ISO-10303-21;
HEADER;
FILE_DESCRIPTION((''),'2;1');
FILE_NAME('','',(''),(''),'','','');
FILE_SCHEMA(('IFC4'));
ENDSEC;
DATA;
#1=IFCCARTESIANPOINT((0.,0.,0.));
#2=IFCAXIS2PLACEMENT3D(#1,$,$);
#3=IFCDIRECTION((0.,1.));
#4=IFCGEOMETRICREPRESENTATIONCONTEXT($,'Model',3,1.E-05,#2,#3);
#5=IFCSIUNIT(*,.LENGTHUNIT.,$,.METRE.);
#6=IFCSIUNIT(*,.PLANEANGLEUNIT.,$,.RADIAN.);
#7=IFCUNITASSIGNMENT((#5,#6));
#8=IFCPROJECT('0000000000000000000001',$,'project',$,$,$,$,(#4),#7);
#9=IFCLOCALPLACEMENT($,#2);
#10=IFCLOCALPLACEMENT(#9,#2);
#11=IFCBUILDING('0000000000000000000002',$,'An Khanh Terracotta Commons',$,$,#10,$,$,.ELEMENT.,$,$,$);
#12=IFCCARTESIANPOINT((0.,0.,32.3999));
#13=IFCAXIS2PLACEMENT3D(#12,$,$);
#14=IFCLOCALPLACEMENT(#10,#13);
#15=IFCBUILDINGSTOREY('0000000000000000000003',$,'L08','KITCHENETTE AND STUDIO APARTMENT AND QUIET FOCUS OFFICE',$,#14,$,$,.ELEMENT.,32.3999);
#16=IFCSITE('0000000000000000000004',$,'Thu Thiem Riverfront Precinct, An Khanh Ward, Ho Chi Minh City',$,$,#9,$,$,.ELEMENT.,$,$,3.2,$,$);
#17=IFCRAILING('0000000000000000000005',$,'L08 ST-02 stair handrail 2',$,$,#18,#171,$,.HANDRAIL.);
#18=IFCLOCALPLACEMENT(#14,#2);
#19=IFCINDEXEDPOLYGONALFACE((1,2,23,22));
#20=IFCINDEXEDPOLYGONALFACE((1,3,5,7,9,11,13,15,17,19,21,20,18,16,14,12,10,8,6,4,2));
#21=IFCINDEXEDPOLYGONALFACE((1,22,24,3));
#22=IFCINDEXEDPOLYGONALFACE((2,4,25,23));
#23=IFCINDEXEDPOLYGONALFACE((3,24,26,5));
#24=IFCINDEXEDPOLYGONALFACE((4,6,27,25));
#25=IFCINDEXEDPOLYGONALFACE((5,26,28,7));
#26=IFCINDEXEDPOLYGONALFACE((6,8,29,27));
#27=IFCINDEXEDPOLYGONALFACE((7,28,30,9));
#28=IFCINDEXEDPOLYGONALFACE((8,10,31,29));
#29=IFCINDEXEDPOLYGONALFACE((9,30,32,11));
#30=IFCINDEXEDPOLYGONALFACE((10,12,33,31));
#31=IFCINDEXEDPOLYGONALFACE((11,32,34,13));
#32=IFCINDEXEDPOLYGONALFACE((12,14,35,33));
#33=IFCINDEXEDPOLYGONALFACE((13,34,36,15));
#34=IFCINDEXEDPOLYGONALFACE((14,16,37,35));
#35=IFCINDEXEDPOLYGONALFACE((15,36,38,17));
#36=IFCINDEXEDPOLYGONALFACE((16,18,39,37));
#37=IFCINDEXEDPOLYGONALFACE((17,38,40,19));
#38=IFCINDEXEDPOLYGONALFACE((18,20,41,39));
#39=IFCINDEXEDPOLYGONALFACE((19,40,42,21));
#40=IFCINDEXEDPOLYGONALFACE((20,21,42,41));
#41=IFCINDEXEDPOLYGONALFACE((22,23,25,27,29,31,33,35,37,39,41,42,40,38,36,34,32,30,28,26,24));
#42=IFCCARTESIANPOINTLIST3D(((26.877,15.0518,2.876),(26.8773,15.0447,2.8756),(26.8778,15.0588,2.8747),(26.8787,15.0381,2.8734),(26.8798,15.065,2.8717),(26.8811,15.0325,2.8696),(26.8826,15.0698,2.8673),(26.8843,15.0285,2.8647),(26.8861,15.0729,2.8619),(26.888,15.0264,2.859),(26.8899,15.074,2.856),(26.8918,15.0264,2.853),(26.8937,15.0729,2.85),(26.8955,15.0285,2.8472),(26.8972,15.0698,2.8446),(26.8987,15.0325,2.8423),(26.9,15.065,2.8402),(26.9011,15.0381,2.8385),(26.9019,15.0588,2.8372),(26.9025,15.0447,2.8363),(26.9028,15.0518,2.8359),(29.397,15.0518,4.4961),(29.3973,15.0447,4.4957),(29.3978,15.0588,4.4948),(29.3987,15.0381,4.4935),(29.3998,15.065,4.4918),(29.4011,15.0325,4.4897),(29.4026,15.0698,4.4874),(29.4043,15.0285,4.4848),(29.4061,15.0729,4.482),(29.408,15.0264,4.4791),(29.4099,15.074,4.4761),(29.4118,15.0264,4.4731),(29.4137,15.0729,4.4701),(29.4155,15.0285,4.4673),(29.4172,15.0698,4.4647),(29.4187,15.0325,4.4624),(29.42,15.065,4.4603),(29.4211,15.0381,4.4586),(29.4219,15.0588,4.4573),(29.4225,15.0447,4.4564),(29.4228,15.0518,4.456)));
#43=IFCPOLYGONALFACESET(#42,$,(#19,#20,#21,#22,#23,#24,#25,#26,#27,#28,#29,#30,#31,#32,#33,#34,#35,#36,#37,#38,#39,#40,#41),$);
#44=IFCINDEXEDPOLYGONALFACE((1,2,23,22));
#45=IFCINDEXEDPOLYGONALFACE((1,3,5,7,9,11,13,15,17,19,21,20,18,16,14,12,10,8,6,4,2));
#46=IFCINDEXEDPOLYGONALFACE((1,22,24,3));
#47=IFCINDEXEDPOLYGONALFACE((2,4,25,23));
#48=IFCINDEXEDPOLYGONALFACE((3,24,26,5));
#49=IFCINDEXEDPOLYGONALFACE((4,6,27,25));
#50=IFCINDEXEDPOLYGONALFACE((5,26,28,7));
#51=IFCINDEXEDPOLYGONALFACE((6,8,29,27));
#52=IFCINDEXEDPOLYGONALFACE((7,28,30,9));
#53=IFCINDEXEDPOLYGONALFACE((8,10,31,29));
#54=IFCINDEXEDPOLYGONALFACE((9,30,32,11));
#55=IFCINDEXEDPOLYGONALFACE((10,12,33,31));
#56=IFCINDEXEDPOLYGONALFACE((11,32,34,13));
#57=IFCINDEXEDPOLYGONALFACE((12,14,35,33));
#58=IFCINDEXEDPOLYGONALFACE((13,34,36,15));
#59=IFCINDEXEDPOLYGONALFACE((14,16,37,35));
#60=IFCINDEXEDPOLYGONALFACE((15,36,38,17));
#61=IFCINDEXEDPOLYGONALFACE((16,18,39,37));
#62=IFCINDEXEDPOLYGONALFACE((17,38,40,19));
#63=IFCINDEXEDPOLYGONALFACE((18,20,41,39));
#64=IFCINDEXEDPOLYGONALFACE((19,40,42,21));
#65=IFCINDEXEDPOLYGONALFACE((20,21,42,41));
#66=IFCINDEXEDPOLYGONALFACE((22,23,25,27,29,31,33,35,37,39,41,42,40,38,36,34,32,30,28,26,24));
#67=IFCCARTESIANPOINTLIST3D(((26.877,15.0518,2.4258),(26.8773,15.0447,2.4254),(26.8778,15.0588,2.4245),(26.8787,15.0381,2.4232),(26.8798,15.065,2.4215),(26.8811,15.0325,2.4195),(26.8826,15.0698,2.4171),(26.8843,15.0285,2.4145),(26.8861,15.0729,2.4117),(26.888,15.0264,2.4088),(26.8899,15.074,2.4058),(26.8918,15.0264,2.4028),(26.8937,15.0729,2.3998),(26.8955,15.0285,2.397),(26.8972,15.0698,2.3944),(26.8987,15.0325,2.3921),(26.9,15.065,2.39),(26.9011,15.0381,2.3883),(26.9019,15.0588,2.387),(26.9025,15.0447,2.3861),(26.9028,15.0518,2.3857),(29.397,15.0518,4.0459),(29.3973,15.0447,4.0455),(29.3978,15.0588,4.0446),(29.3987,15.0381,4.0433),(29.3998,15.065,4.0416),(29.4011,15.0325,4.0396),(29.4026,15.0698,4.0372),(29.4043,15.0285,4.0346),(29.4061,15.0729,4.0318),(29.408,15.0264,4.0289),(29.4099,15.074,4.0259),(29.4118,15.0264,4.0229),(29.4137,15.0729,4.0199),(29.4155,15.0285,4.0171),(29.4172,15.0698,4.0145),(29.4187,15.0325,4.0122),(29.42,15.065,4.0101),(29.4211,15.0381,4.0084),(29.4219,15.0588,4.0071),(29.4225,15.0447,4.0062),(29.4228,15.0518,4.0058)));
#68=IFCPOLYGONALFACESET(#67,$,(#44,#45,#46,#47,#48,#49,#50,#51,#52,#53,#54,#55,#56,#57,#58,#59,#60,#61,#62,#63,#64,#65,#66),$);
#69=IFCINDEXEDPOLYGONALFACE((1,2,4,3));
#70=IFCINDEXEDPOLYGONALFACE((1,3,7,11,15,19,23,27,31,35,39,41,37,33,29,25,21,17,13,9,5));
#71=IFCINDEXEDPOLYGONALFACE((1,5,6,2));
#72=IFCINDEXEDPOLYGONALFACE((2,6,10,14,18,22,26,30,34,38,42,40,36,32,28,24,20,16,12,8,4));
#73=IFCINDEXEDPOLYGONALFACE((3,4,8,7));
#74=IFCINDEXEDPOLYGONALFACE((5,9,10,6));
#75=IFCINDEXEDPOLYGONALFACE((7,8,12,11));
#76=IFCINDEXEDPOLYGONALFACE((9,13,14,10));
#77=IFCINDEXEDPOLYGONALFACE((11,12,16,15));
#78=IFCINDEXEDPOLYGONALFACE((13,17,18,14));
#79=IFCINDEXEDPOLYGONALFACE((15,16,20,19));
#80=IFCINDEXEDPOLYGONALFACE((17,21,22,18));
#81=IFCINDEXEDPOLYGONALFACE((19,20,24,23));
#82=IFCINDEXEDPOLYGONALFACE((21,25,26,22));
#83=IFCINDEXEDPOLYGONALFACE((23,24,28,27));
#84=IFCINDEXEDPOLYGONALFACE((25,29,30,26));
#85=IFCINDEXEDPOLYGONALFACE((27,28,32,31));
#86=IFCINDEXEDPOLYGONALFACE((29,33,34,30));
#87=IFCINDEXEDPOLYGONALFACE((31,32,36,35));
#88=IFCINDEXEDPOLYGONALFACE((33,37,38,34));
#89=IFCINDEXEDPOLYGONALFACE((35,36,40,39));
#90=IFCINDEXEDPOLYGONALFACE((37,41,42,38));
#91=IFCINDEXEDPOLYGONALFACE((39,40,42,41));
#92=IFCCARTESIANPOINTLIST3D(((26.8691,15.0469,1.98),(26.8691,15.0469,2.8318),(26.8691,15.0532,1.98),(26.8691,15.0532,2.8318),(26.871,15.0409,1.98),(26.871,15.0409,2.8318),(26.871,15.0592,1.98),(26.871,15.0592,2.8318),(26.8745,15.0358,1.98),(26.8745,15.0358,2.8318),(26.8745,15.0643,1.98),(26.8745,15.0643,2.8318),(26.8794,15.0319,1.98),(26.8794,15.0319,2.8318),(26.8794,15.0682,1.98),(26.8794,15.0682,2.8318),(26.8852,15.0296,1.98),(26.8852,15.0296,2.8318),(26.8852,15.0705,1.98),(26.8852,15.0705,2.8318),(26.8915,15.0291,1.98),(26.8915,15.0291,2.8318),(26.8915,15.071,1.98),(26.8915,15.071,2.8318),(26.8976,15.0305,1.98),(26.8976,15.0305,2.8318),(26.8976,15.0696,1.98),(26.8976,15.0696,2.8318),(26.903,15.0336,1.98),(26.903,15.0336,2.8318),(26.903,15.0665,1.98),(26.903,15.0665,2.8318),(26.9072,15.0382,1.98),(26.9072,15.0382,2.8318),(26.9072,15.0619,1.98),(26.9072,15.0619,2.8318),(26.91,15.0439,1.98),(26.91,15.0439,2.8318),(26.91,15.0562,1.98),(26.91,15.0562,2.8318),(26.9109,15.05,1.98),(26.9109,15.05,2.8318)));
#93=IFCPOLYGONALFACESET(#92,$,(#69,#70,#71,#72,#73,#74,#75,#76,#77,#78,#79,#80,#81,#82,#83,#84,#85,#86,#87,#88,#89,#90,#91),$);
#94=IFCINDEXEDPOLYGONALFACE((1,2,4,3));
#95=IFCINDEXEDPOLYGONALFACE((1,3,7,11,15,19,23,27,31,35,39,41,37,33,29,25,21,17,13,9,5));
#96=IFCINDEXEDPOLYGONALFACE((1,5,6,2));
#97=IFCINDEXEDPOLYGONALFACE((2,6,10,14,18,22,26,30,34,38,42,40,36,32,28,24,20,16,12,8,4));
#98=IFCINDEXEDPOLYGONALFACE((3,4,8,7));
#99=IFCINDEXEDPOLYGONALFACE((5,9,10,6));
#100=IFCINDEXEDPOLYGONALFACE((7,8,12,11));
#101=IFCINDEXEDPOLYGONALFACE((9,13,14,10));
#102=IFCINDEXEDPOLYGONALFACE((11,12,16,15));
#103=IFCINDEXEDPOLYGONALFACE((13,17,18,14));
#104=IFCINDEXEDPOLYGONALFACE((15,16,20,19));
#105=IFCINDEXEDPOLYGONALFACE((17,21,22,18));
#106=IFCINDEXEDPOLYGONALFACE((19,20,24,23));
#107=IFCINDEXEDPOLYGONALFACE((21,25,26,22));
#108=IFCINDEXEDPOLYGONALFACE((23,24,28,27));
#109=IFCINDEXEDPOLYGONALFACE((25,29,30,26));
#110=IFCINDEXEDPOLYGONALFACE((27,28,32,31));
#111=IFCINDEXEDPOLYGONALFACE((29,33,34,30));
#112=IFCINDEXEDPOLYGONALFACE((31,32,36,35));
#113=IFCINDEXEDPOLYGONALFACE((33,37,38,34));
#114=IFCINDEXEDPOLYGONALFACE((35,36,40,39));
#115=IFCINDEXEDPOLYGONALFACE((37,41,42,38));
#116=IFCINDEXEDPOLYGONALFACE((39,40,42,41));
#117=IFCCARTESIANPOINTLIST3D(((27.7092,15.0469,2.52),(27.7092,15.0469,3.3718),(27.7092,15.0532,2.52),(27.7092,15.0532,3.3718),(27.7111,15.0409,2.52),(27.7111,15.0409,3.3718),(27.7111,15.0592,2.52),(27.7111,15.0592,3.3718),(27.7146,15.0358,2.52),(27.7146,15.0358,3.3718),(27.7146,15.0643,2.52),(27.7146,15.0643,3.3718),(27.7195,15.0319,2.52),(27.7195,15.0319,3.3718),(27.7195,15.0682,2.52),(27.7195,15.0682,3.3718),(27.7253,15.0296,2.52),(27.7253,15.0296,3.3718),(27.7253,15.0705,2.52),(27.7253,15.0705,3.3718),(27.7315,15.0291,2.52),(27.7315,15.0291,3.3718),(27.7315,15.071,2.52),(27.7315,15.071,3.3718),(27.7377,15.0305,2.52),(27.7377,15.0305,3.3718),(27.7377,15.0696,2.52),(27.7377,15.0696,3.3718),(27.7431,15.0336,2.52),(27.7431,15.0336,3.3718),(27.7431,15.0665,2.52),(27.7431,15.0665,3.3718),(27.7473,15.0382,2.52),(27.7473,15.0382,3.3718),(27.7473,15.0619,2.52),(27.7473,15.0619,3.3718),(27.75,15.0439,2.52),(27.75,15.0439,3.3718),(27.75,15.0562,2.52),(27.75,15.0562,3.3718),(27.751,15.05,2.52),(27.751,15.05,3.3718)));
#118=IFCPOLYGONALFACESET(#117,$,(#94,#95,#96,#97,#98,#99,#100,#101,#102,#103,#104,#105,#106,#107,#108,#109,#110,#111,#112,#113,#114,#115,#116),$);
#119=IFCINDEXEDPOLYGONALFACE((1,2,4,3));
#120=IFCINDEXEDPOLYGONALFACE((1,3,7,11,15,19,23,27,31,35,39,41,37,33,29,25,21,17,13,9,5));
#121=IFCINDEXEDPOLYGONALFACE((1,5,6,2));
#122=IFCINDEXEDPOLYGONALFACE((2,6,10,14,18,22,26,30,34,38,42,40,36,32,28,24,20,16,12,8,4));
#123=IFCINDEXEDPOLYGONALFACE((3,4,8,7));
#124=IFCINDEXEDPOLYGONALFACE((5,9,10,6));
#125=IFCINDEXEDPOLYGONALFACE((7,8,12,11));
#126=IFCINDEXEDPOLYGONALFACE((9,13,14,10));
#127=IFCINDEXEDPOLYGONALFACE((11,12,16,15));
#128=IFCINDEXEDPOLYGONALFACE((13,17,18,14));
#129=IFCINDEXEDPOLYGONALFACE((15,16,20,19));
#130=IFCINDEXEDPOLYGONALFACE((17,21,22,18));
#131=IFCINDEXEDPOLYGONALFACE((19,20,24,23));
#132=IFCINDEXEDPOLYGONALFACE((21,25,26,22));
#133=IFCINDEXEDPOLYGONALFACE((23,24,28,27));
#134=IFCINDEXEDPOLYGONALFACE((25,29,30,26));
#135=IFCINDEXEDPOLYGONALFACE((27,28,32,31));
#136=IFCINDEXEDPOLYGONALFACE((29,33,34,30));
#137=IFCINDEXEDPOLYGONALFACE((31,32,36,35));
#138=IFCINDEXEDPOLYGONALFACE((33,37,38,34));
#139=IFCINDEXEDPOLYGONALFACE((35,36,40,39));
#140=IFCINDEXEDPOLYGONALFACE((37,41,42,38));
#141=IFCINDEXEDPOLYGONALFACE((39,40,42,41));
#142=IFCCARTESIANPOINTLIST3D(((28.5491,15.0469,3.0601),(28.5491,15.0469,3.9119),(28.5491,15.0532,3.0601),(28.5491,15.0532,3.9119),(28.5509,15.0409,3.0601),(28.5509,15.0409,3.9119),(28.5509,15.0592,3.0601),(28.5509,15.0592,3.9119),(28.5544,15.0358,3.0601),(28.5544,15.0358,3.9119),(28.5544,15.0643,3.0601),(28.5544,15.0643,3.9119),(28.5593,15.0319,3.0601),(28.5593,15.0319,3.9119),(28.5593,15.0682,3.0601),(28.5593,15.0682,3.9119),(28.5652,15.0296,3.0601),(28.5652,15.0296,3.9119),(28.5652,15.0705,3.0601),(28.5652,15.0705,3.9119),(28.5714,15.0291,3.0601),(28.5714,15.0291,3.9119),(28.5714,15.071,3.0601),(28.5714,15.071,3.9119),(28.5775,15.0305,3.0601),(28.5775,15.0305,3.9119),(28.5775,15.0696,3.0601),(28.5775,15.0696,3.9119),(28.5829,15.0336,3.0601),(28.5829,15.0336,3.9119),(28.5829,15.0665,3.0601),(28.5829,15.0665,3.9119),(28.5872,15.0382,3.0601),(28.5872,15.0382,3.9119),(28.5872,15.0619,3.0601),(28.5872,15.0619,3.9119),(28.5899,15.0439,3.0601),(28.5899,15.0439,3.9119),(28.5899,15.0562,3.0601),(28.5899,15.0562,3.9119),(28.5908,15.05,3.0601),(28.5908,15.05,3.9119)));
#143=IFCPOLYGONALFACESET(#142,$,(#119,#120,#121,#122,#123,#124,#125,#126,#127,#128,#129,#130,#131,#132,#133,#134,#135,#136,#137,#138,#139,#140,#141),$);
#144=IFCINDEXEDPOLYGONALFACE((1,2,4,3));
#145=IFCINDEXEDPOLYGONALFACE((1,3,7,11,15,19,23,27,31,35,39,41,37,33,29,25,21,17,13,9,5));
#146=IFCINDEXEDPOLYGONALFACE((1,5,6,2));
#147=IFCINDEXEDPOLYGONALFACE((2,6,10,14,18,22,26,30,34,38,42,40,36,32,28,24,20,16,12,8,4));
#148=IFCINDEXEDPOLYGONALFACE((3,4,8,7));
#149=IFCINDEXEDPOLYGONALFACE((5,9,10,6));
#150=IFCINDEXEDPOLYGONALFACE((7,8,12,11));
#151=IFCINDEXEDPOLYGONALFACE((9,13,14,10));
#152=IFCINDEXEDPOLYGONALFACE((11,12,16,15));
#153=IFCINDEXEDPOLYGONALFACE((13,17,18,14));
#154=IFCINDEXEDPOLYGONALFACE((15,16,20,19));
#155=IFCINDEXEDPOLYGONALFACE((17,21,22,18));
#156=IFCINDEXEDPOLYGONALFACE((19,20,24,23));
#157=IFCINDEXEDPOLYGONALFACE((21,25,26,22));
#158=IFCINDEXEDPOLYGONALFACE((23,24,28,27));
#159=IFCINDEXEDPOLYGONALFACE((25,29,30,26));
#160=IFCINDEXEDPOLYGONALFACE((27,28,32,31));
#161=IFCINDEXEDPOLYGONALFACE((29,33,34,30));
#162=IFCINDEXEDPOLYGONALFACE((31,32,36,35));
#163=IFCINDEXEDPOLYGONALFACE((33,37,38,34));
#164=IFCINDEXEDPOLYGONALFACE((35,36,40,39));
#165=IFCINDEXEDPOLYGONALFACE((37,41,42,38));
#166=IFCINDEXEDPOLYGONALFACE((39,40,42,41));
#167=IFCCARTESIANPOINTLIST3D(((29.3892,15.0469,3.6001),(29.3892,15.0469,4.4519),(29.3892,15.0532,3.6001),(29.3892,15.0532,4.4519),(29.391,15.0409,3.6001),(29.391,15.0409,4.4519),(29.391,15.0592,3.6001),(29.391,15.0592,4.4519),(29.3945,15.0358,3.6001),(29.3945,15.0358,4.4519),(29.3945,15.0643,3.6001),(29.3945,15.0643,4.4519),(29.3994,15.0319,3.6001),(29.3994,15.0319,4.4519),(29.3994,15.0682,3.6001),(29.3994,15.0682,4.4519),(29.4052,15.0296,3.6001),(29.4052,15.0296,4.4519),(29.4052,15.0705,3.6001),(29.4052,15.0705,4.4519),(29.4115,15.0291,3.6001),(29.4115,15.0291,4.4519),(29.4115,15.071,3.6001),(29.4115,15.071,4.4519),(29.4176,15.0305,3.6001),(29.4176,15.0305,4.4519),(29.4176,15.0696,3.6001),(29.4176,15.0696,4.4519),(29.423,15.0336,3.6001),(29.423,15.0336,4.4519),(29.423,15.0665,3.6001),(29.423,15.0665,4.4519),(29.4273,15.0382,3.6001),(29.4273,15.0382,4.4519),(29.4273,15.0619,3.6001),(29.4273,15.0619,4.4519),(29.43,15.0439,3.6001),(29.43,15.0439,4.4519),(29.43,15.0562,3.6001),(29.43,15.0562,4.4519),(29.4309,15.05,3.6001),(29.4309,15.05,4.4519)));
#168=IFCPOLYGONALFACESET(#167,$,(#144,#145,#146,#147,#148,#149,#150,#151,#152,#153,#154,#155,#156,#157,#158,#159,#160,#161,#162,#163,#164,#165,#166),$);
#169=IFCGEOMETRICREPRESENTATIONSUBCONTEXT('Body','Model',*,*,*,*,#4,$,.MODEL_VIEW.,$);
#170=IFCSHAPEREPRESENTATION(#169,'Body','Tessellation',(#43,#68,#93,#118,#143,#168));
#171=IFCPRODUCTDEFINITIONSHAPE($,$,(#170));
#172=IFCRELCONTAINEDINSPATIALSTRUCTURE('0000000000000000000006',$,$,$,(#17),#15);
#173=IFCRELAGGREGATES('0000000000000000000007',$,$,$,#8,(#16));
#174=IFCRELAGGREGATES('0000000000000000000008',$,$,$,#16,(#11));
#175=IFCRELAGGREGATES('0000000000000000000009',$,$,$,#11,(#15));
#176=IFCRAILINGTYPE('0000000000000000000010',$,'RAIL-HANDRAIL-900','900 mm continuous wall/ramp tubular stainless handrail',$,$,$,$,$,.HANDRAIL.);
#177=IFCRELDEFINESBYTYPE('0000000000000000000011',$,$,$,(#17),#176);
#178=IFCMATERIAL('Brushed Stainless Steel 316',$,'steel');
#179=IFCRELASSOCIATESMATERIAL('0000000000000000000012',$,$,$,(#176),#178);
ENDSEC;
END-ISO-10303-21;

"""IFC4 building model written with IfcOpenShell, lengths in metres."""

from ifc_helpers import new_model, si_unit, direction, frame, origin, origin_2d, place, context, subcontext, project, spatial, circle, extrude, material, type_object, element, save


model = new_model("IFC4")

# Units and contexts
model_context = context("Model", 3, precision=1e-05, world=origin(), true_north=direction((0.0, 1.0)))
body_context = subcontext(model_context, "Body", "Model", "MODEL_VIEW")
ifc_project = project(units=[si_unit("LENGTHUNIT", "METRE"), si_unit("PLANEANGLEUNIT", "RADIAN")], contexts=[model_context])

# Site, building, storey
site_placement = place(None, origin())
site = spatial("IfcSite", under=ifc_project, at=site_placement, Name="Thu Thiem Riverfront Precinct, An Khanh Ward, Ho Chi Minh City", CompositionType="ELEMENT", RefElevation=3.2)
building_placement = place(site_placement, origin())
building = spatial("IfcBuilding", under=site, at=building_placement, Name="An Khanh Terracotta Commons", CompositionType="ELEMENT")
storey_placement = place(building_placement, frame((0.0, 0.0, 32.3999)))
storey = spatial("IfcBuildingStorey", under=building, at=storey_placement, Name="L08", Description="KITCHENETTE AND STUDIO APARTMENT AND QUIET FOCUS OFFICE", CompositionType="ELEMENT", Elevation=32.3999)

# Railing
ifc_material_1 = material(Name="Brushed Stainless Steel 316", Category="steel")
railing_type_1 = type_object("IfcRailingType", Name="RAIL-HANDRAIL-900", Description="900 mm continuous wall/ramp tubular stainless handrail", PredefinedType="HANDRAIL", material=ifc_material_1)
railing_1_placement = place(storey_placement, frame((26.8899, 15.05, 1.98)))
element("IfcRailing", 1, at=railing_1_placement, inside=storey, type_object=railing_type_1, Name="L08 ST-02 stair handrail 2", PredefinedType="HANDRAIL", context=body_context, shape_type="SweptSolid", body=[
    extrude(circle(Radius=0.0239, at=origin_2d()), frame((0.0, 0.0, 0.876), z_axis=(0.841163, 0.0, 0.540782), x_axis=(0.0, 1.0, 0.0)), (0.0, 0.0, 1.0), 2.9958),
    extrude(circle(Radius=0.0239, at=origin_2d()), frame((0.0, 0.0, 0.4258), z_axis=(0.841163, 0.0, 0.540782), x_axis=(0.0, 1.0, 0.0)), (0.0, 0.0, 1.0), 2.9958),
    extrude(circle(Radius=0.021, at=origin_2d()), origin(), (0.0, 0.0, 1.0), 0.8518),
    extrude(circle(Radius=0.021, at=origin_2d()), frame((0.8401, 0.0, 0.54)), (0.0, 0.0, 1.0), 0.8518),
    extrude(circle(Radius=0.021, at=origin_2d()), frame((1.6799, 0.0, 1.0801)), (0.0, 0.0, 1.0), 0.8518),
    extrude(circle(Radius=0.021, at=origin_2d()), frame((2.52, 0.0, 1.6201)), (0.0, 0.0, 1.0), 0.8518),
])

save(model, "model.ifc")
